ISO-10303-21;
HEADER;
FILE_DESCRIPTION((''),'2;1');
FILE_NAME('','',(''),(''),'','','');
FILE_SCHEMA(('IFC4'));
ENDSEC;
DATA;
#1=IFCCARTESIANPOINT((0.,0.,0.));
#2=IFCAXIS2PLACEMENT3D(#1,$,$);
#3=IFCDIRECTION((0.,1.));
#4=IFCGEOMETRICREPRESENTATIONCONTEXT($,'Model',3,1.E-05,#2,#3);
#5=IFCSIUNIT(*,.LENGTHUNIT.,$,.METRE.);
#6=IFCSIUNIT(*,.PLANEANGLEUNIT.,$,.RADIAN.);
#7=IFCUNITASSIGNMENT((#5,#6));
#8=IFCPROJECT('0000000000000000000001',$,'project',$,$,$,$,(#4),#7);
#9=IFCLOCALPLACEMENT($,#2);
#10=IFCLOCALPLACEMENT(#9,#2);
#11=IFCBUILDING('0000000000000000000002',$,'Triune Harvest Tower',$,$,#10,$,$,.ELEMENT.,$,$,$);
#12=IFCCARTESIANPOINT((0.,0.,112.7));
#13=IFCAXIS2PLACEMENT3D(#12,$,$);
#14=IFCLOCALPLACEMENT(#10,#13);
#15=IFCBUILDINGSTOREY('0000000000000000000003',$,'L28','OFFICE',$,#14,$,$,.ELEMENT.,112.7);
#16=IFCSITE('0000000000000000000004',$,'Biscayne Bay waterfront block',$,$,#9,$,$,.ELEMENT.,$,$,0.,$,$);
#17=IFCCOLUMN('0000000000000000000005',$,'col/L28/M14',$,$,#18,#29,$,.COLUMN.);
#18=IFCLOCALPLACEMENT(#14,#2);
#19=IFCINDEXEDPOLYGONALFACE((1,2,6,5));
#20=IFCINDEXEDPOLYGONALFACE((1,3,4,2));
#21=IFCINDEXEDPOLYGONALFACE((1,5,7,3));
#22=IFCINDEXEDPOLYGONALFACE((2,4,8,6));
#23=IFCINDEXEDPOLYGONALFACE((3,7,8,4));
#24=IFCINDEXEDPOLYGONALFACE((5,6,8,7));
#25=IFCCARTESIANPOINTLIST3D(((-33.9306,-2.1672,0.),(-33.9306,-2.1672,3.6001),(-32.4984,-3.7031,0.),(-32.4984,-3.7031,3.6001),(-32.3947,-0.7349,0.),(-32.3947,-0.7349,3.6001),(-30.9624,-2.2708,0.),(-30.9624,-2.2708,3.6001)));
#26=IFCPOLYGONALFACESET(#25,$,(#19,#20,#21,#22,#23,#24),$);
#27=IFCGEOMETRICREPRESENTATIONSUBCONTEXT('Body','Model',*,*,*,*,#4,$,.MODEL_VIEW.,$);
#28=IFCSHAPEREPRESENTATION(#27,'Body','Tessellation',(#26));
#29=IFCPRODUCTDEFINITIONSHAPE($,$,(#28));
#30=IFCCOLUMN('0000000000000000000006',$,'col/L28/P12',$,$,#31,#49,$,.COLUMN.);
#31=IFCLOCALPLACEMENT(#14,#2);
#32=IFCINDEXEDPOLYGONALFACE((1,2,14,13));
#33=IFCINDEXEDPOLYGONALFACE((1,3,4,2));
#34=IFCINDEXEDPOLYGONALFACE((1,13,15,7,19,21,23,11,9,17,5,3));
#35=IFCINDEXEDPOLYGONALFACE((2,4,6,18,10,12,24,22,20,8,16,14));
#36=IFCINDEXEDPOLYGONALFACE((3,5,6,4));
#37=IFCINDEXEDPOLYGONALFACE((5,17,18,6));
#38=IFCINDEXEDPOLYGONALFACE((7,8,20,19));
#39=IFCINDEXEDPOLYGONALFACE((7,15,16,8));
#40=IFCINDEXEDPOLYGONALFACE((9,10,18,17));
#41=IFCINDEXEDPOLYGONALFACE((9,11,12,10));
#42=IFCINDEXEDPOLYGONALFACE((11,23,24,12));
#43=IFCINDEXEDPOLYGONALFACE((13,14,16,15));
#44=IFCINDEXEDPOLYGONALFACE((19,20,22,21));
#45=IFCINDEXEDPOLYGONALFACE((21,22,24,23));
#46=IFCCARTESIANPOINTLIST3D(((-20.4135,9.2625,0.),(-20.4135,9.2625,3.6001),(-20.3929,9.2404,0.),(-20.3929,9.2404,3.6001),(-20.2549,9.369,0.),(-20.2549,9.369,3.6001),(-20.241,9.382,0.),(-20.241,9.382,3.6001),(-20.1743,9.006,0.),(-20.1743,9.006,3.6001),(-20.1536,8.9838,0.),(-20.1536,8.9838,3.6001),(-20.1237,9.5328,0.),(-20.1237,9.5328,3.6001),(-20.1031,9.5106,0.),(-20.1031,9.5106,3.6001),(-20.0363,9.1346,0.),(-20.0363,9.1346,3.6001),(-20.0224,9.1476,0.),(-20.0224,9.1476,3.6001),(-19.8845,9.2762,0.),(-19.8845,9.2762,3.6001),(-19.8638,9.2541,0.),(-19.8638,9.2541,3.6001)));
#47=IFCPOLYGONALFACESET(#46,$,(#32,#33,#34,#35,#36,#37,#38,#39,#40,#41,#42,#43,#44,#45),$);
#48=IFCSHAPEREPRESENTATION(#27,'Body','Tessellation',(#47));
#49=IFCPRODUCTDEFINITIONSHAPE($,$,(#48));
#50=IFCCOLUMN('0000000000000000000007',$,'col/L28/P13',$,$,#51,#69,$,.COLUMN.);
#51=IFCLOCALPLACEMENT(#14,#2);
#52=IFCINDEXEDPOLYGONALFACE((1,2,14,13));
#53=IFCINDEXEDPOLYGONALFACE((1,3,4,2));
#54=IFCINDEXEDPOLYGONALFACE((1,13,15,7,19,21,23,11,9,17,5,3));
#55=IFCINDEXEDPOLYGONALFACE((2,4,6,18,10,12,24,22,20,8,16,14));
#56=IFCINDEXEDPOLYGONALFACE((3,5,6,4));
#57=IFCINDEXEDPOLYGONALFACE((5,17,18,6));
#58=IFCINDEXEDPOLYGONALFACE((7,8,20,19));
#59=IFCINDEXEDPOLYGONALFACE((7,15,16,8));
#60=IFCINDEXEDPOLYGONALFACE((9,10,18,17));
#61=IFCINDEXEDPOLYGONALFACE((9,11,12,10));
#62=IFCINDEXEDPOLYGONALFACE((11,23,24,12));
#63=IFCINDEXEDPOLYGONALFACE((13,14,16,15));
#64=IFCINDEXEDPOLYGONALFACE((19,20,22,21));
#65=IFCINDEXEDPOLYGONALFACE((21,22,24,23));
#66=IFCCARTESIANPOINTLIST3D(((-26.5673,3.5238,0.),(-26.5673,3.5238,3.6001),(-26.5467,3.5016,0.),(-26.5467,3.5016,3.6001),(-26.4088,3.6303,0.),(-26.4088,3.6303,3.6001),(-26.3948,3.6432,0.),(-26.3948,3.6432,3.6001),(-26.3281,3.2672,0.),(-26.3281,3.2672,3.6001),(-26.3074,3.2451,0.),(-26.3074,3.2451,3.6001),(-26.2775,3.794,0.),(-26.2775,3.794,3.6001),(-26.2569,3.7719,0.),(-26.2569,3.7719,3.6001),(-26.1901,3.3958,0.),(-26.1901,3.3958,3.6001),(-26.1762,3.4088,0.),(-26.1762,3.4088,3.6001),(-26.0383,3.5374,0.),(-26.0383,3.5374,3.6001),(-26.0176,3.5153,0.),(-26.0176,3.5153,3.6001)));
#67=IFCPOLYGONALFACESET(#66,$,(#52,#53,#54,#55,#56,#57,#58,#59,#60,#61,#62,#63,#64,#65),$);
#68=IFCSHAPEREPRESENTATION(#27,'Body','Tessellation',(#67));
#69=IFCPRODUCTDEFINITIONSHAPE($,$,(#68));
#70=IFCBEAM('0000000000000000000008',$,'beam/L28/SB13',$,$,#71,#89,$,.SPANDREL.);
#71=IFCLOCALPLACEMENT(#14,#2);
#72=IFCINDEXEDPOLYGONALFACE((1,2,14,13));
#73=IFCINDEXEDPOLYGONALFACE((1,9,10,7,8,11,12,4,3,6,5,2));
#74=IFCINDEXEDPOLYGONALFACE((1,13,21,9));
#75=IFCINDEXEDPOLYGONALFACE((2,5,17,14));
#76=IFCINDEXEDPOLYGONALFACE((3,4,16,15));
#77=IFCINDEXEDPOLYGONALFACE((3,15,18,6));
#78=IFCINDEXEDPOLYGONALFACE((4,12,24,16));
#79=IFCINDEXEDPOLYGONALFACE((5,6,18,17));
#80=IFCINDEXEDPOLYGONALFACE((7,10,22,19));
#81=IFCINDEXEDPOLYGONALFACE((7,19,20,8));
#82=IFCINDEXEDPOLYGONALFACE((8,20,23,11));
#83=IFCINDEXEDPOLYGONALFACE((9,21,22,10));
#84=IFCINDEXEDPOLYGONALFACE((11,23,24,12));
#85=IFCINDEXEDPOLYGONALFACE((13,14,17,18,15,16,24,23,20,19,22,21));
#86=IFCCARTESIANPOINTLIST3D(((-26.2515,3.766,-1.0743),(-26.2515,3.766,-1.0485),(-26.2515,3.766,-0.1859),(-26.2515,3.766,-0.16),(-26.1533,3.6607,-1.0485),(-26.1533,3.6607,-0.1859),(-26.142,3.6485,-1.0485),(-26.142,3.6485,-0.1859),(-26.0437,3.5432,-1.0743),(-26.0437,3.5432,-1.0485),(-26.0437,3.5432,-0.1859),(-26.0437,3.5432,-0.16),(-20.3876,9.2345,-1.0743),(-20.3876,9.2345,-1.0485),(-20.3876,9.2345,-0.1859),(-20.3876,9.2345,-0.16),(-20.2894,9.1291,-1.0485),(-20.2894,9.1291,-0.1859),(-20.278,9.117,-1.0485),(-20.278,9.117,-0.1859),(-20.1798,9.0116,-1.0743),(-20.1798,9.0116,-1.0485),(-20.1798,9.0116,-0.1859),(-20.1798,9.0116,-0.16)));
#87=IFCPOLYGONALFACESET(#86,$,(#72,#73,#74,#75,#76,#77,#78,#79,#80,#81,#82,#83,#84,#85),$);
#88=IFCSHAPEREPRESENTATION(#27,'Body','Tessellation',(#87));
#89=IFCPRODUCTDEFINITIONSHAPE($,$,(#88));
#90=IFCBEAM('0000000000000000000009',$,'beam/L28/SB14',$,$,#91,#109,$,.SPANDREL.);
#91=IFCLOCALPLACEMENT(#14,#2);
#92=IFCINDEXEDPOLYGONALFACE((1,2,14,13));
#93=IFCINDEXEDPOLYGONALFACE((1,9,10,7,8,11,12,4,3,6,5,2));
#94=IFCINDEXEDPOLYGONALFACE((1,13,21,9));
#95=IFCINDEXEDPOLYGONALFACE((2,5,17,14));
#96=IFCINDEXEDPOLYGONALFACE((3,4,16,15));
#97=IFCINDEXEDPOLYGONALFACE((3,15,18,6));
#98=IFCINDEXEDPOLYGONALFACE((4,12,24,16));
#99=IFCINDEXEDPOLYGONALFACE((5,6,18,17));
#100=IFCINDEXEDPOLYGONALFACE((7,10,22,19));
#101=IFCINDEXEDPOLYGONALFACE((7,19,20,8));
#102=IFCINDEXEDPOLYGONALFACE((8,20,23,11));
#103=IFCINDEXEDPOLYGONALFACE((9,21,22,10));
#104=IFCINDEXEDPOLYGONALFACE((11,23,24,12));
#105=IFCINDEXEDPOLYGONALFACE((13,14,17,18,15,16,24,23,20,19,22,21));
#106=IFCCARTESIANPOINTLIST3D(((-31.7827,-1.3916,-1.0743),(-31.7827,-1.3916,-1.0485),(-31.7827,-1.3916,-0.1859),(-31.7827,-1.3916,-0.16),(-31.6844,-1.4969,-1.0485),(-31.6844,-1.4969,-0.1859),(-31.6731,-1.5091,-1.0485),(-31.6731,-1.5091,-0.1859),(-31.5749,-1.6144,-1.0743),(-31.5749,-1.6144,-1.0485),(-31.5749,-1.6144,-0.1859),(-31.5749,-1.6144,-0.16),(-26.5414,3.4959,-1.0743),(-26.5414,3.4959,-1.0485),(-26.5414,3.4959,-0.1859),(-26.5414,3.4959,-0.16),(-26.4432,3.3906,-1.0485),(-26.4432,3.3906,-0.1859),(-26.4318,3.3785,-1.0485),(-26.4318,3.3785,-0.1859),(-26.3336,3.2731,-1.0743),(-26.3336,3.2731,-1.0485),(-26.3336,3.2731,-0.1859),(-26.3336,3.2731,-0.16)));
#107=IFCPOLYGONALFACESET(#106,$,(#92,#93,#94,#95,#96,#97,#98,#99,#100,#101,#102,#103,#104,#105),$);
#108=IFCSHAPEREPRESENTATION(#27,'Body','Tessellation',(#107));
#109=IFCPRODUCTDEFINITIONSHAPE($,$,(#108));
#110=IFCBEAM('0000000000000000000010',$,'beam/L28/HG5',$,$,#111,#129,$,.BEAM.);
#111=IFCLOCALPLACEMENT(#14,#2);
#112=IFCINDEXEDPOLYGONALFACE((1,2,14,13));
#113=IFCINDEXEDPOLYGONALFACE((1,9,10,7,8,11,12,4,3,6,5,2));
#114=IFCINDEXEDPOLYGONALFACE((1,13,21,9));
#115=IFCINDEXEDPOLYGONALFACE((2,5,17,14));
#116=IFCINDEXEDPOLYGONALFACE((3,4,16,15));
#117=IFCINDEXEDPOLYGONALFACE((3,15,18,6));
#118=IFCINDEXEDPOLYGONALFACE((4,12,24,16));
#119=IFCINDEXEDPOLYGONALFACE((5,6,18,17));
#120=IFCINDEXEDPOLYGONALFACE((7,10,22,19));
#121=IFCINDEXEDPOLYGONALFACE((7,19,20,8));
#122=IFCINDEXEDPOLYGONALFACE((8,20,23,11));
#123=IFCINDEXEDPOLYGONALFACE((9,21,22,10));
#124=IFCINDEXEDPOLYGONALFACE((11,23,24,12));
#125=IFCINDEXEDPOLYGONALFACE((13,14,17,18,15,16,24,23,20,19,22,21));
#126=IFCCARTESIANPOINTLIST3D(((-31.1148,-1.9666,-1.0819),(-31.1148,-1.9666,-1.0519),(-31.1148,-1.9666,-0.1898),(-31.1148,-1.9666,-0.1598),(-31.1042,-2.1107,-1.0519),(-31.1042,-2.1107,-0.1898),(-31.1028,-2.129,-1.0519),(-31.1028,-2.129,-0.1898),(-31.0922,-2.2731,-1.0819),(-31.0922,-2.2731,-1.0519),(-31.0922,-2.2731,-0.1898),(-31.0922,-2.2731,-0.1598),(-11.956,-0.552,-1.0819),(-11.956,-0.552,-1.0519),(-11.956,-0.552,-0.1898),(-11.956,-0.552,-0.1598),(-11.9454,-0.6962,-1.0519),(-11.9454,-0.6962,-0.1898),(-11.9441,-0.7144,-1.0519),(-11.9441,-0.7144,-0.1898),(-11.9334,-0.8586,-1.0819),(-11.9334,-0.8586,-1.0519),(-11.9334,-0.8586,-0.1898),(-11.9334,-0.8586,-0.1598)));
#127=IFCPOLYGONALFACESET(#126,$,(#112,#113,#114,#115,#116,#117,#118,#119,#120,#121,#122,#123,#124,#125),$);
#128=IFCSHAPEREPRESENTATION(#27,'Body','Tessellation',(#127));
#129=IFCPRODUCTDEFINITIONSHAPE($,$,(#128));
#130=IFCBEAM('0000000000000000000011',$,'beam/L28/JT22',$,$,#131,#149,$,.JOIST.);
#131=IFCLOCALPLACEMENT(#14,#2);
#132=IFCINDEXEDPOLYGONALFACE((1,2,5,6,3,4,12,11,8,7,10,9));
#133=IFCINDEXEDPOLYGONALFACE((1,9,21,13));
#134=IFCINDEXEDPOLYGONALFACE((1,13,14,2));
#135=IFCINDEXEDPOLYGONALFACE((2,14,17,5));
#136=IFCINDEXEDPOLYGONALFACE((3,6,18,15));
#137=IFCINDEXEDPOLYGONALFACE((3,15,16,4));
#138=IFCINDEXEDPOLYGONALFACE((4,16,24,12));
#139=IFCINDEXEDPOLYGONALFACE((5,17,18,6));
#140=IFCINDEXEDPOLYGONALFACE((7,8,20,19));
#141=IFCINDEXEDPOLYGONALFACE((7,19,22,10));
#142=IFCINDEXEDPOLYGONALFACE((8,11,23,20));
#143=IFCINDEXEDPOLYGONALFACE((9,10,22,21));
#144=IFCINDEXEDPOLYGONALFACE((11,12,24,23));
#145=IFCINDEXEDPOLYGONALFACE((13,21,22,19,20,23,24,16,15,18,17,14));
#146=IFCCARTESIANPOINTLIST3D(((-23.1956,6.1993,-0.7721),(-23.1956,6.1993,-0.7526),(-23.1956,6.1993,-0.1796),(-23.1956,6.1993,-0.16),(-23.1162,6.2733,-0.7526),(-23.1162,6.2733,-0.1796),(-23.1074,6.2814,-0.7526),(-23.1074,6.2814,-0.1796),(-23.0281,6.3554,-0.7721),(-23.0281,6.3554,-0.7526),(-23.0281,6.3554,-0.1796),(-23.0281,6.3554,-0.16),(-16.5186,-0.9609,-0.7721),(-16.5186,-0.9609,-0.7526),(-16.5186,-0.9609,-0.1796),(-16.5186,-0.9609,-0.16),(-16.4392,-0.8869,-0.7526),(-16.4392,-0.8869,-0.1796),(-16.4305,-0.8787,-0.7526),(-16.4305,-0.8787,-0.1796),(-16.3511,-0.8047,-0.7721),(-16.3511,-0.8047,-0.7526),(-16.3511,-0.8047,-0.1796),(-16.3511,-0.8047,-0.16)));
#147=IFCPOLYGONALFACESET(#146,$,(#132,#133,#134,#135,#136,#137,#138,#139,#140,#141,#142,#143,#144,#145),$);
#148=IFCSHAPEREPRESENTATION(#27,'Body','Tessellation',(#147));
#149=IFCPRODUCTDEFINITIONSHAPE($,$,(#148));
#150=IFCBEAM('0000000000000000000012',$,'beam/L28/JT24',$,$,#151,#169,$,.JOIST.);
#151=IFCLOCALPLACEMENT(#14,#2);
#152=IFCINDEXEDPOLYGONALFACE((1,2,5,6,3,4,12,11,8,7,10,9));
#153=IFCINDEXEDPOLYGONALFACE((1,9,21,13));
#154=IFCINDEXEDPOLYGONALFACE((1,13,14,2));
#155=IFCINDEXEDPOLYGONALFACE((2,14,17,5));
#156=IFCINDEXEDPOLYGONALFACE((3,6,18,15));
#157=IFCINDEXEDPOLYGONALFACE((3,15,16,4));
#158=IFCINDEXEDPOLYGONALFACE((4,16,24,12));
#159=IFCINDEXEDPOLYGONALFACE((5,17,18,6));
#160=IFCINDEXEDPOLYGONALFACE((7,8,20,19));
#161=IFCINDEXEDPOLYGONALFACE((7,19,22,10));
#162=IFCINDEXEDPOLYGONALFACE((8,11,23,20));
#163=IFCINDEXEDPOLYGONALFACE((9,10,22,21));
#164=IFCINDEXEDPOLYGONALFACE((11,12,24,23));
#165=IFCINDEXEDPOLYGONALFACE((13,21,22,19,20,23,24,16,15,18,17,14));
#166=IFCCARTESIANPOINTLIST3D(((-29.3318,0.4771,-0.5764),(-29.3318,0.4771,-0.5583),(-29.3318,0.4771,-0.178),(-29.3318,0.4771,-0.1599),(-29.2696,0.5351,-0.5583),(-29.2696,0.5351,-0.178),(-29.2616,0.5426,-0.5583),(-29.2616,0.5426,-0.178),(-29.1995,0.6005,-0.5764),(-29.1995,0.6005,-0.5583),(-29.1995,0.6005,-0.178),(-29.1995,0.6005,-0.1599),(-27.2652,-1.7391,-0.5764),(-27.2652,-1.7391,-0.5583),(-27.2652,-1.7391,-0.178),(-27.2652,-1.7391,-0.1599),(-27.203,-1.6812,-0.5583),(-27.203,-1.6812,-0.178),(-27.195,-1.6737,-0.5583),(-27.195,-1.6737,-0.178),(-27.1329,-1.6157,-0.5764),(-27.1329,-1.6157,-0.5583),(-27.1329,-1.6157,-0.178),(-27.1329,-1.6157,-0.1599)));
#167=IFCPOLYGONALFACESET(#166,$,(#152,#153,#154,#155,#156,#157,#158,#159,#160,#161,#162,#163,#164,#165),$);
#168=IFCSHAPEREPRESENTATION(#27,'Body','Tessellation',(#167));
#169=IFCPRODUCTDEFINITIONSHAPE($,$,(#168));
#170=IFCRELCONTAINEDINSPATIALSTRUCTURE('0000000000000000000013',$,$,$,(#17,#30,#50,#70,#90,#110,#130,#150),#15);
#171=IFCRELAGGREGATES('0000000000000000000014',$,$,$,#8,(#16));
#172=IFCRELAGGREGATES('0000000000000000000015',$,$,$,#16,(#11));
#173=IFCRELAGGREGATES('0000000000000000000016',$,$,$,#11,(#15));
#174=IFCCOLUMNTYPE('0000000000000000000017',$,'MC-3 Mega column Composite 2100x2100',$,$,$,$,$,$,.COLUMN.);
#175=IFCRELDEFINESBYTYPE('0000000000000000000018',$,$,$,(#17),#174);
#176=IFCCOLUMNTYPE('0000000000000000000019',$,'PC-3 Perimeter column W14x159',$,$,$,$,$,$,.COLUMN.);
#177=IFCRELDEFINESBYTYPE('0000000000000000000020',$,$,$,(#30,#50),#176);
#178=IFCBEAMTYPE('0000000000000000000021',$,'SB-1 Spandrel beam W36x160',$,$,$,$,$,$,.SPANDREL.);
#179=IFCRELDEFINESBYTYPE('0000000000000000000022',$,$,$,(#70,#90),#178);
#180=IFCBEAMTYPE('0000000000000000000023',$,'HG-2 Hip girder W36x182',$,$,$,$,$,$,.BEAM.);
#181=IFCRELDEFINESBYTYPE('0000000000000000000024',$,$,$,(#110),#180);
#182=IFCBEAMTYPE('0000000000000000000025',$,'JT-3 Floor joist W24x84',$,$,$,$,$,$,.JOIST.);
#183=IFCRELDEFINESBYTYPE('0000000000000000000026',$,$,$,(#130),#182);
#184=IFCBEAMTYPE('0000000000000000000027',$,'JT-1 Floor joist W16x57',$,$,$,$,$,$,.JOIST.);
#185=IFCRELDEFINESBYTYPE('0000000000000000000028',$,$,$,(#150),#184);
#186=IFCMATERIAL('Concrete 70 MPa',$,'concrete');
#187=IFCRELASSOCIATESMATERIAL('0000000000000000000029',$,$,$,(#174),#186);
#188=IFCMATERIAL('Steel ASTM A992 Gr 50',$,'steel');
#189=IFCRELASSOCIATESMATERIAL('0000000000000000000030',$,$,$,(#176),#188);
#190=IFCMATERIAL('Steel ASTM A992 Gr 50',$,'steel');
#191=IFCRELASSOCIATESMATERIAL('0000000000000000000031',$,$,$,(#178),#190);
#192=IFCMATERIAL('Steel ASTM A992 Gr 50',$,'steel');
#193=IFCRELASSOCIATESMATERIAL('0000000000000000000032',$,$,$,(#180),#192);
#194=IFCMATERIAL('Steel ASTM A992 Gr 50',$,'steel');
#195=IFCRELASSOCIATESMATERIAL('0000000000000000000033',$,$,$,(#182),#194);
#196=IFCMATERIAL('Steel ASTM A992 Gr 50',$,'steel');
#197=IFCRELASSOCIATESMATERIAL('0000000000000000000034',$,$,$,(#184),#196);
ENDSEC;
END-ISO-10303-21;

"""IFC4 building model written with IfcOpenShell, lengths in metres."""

from ifc_helpers import new_model, si_unit, direction, frame, origin, origin_2d, place, context, subcontext, project, spatial, rectangle, i_section, extrude, source, transform, mapped, material, material_profile, profile_set, type_object, element, save


model = new_model("IFC4")

# Units and contexts
model_context = context("Model", 3, precision=1e-05, world=origin(), true_north=direction((0.0, 1.0)))
body_context = subcontext(model_context, "Body", "Model", "MODEL_VIEW")
ifc_project = project(units=[si_unit("LENGTHUNIT", "METRE"), si_unit("PLANEANGLEUNIT", "RADIAN")], contexts=[model_context])

# Site, building, storey
site_placement = place(None, origin())
site = spatial("IfcSite", under=ifc_project, at=site_placement, Name="Biscayne Bay waterfront block", CompositionType="ELEMENT", RefElevation=0.0)
building_placement = place(site_placement, origin())
building = spatial("IfcBuilding", under=site, at=building_placement, Name="Triune Harvest Tower", CompositionType="ELEMENT")
storey_placement = place(building_placement, frame((0.0, 0.0, 112.7)))
storey = spatial("IfcBuildingStorey", under=building, at=storey_placement, Name="L28", Description="OFFICE", CompositionType="ELEMENT", Elevation=112.7)

# Columns
ifc_material_1 = material(Name="Concrete 70 MPa", Category="concrete")
ifc_material_profile_1 = material_profile(ifc_material_1, rectangle(XDim=2.1001, YDim=2.1001, at=origin_2d()), Name="Composite 2100x2100")
ifc_profile_set_1 = profile_set([ifc_material_profile_1], Name="Concrete 70 MPa")
column_type_1 = type_object("IfcColumnType", Name="MC-3 Mega column Composite 2100x2100", PredefinedType="COLUMN", material=ifc_profile_set_1)
shared_shape_1 = source(origin(), body_context, "Body", "SweptSolid", [
    extrude(rectangle(XDim=2.1001, YDim=2.1001, at=origin_2d()), origin(), (0.0, 0.0, 1.0), 3.6001),
])
column_placement = place(storey_placement, frame((-32.4465, -2.219, 0.0), z_axis=(0.0, 0.0, 1.0), x_axis=(-0.731355, -0.681997, 0.0)))
element("IfcColumn", 1, at=column_placement, inside=storey, type_object=column_type_1, Name="col/L28/M14", PredefinedType="COLUMN", context=body_context, shape_type="MappedRepresentation", body=[
    mapped(shared_shape_1, transform((0.0, 0.0, 0.0), scale=1.0)),
])
ifc_material_2 = material(Name="Steel ASTM A992 Gr 50", Category="steel")
ifc_material_profile_2 = material_profile(ifc_material_2, i_section(OverallWidth=0.3962, OverallDepth=0.3811, WebThickness=0.019, FlangeThickness=0.0303, at=origin_2d()), Name="W14x159")
ifc_profile_set_2 = profile_set([ifc_material_profile_2], Name="Steel ASTM A992 Gr 50")
column_type_2 = type_object("IfcColumnType", Name="PC-3 Perimeter column W14x159", PredefinedType="COLUMN", material=ifc_profile_set_2)
shared_shape_2 = source(origin(), body_context, "Body", "SweptSolid", [
    extrude(i_section(OverallWidth=0.3962, OverallDepth=0.3811, WebThickness=0.019, FlangeThickness=0.0303, at=origin_2d()), origin(), (0.0, 0.0, 1.0), 3.6001),
])
for number, where, z_axis, x_axis, name in (
    (2, (-20.1387, 9.2583, 0.0), (0.0, 0.0, 1.0), (-0.731355, -0.681997, 0.0), "col/L28/P12"),
    (3, (-26.2925, 3.5195, 0.0), (0.0, 0.0, 1.0), (-0.731355, -0.681997, 0.0), "col/L28/P13"),
):
    element("IfcColumn", number, at=place(storey_placement, frame(where, z_axis=z_axis, x_axis=x_axis)), inside=storey, type_object=column_type_2, Name=name, PredefinedType="COLUMN", context=body_context, shape_type="MappedRepresentation", body=[
        mapped(shared_shape_2, transform((0.0, 0.0, 0.0), scale=1.0)),
    ])

# Beams
ifc_material_3 = material(Name="Steel ASTM A992 Gr 50", Category="steel")
ifc_material_profile_3 = material_profile(ifc_material_3, i_section(OverallWidth=0.3047, OverallDepth=0.9143, WebThickness=0.0166, FlangeThickness=0.0259, at=origin_2d()), Name="W36x160")
ifc_profile_set_3 = profile_set([ifc_material_profile_3], Name="Steel ASTM A992 Gr 50")
beam_type_1 = type_object("IfcBeamType", Name="SB-1 Spandrel beam W36x160", PredefinedType="SPANDREL", material=ifc_profile_set_3)
shared_shape_3 = source(origin(), body_context, "Body", "SweptSolid", [
    extrude(i_section(OverallWidth=0.3047, OverallDepth=0.9143, WebThickness=0.0166, FlangeThickness=0.0259, at=origin_2d()), origin(), (0.0, 0.0, 1.0), 8.0181),
])
beam_1_placement = place(storey_placement, frame((-20.2837, 9.123, -0.6172), z_axis=(-0.73134, -0.682013, 0.0), x_axis=(0.682013, -0.73134, 0.0)))
element("IfcBeam", 4, at=beam_1_placement, inside=storey, type_object=beam_type_1, Name="beam/L28/SB13", PredefinedType="SPANDREL", context=body_context, shape_type="MappedRepresentation", body=[
    mapped(shared_shape_3, transform((0.0, 0.0, 0.0), scale=1.0)),
])
shared_shape_4 = source(origin(), body_context, "Body", "SweptSolid", [
    extrude(i_section(OverallWidth=0.3047, OverallDepth=0.9143, WebThickness=0.0166, FlangeThickness=0.0259, at=origin_2d()), origin(), (0.0, 0.0, 1.0), 7.1665),
])
beam_2_placement = place(storey_placement, frame((-26.4375, 3.3845, -0.6172), z_axis=(-0.731358, -0.681994, 0.0), x_axis=(0.681994, -0.731358, 0.0)))
element("IfcBeam", 5, at=beam_2_placement, inside=storey, type_object=beam_type_1, Name="beam/L28/SB14", PredefinedType="SPANDREL", context=body_context, shape_type="MappedRepresentation", body=[
    mapped(shared_shape_4, transform((0.0, 0.0, 0.0), scale=1.0)),
])
ifc_material_4 = material(Name="Steel ASTM A992 Gr 50", Category="steel")
ifc_material_profile_4 = material_profile(ifc_material_4, i_section(OverallWidth=0.3074, OverallDepth=0.9221, WebThickness=0.0183, FlangeThickness=0.03, at=origin_2d()), Name="W36x182")
ifc_profile_set_4 = profile_set([ifc_material_profile_4], Name="Steel ASTM A992 Gr 50")
beam_type_2 = type_object("IfcBeamType", Name="HG-2 Hip girder W36x182", PredefinedType="BEAM", material=ifc_profile_set_4)
shared_shape_5 = source(origin(), body_context, "Body", "SweptSolid", [
    extrude(i_section(OverallWidth=0.3074, OverallDepth=0.9221, WebThickness=0.0183, FlangeThickness=0.03, at=origin_2d()), origin(), (0.0, 0.0, 1.0), 19.2109),
])
beam_3_placement = place(storey_placement, frame((-31.1035, -2.1199, -0.6208), z_axis=(0.997285, 0.073633, 0.0), x_axis=(-0.073633, 0.997285, 0.0)))
element("IfcBeam", 6, at=beam_3_placement, inside=storey, type_object=beam_type_2, Name="beam/L28/HG5", PredefinedType="BEAM", context=body_context, shape_type="MappedRepresentation", body=[
    mapped(shared_shape_5, transform((0.0, 0.0, 0.0), scale=1.0)),
])
ifc_material_5 = material(Name="Steel ASTM A992 Gr 50", Category="steel")
ifc_material_profile_5 = material_profile(ifc_material_5, i_section(OverallWidth=0.229, OverallDepth=0.6121, WebThickness=0.012, FlangeThickness=0.0195, at=origin_2d()), Name="W24x84")
ifc_profile_set_5 = profile_set([ifc_material_profile_5], Name="Steel ASTM A992 Gr 50")
beam_type_3 = type_object("IfcBeamType", Name="JT-3 Floor joist W24x84", PredefinedType="JOIST", material=ifc_profile_set_5)
shared_shape_6 = source(origin(), body_context, "Body", "SweptSolid", [
    extrude(i_section(OverallWidth=0.229, OverallDepth=0.6121, WebThickness=0.012, FlangeThickness=0.0195, at=origin_2d()), origin(), (0.0, 0.0, 1.0), 9.7903),
])
beam_4_placement = place(storey_placement, frame((-23.1118, 6.2773, -0.4661), z_axis=(0.682001, -0.731351, 0.0), x_axis=(0.731351, 0.682001, 0.0)))
element("IfcBeam", 7, at=beam_4_placement, inside=storey, type_object=beam_type_3, Name="beam/L28/JT22", PredefinedType="JOIST", context=body_context, shape_type="MappedRepresentation", body=[
    mapped(shared_shape_6, transform((0.0, 0.0, 0.0), scale=1.0)),
])
ifc_material_6 = material(Name="Steel ASTM A992 Gr 50", Category="steel")
ifc_material_profile_6 = material_profile(ifc_material_6, i_section(OverallWidth=0.1809, OverallDepth=0.4165, WebThickness=0.011, FlangeThickness=0.0181, at=origin_2d()), Name="W16x57")
ifc_profile_set_6 = profile_set([ifc_material_profile_6], Name="Steel ASTM A992 Gr 50")
beam_type_4 = type_object("IfcBeamType", Name="JT-1 Floor joist W16x57", PredefinedType="JOIST", material=ifc_profile_set_6)
shared_shape_7 = source(origin(), body_context, "Body", "SweptSolid", [
    extrude(i_section(OverallWidth=0.1809, OverallDepth=0.4165, WebThickness=0.011, FlangeThickness=0.0181, at=origin_2d()), origin(), (0.0, 0.0, 1.0), 3.0303),
])
beam_5_placement = place(storey_placement, frame((-29.2656, 0.5388, -0.3682), z_axis=(0.681982, -0.731369, 0.0), x_axis=(0.731369, 0.681982, 0.0)))
element("IfcBeam", 8, at=beam_5_placement, inside=storey, type_object=beam_type_4, Name="beam/L28/JT24", PredefinedType="JOIST", context=body_context, shape_type="MappedRepresentation", body=[
    mapped(shared_shape_7, transform((0.0, 0.0, 0.0), scale=1.0)),
])

save(model, "model.ifc")
